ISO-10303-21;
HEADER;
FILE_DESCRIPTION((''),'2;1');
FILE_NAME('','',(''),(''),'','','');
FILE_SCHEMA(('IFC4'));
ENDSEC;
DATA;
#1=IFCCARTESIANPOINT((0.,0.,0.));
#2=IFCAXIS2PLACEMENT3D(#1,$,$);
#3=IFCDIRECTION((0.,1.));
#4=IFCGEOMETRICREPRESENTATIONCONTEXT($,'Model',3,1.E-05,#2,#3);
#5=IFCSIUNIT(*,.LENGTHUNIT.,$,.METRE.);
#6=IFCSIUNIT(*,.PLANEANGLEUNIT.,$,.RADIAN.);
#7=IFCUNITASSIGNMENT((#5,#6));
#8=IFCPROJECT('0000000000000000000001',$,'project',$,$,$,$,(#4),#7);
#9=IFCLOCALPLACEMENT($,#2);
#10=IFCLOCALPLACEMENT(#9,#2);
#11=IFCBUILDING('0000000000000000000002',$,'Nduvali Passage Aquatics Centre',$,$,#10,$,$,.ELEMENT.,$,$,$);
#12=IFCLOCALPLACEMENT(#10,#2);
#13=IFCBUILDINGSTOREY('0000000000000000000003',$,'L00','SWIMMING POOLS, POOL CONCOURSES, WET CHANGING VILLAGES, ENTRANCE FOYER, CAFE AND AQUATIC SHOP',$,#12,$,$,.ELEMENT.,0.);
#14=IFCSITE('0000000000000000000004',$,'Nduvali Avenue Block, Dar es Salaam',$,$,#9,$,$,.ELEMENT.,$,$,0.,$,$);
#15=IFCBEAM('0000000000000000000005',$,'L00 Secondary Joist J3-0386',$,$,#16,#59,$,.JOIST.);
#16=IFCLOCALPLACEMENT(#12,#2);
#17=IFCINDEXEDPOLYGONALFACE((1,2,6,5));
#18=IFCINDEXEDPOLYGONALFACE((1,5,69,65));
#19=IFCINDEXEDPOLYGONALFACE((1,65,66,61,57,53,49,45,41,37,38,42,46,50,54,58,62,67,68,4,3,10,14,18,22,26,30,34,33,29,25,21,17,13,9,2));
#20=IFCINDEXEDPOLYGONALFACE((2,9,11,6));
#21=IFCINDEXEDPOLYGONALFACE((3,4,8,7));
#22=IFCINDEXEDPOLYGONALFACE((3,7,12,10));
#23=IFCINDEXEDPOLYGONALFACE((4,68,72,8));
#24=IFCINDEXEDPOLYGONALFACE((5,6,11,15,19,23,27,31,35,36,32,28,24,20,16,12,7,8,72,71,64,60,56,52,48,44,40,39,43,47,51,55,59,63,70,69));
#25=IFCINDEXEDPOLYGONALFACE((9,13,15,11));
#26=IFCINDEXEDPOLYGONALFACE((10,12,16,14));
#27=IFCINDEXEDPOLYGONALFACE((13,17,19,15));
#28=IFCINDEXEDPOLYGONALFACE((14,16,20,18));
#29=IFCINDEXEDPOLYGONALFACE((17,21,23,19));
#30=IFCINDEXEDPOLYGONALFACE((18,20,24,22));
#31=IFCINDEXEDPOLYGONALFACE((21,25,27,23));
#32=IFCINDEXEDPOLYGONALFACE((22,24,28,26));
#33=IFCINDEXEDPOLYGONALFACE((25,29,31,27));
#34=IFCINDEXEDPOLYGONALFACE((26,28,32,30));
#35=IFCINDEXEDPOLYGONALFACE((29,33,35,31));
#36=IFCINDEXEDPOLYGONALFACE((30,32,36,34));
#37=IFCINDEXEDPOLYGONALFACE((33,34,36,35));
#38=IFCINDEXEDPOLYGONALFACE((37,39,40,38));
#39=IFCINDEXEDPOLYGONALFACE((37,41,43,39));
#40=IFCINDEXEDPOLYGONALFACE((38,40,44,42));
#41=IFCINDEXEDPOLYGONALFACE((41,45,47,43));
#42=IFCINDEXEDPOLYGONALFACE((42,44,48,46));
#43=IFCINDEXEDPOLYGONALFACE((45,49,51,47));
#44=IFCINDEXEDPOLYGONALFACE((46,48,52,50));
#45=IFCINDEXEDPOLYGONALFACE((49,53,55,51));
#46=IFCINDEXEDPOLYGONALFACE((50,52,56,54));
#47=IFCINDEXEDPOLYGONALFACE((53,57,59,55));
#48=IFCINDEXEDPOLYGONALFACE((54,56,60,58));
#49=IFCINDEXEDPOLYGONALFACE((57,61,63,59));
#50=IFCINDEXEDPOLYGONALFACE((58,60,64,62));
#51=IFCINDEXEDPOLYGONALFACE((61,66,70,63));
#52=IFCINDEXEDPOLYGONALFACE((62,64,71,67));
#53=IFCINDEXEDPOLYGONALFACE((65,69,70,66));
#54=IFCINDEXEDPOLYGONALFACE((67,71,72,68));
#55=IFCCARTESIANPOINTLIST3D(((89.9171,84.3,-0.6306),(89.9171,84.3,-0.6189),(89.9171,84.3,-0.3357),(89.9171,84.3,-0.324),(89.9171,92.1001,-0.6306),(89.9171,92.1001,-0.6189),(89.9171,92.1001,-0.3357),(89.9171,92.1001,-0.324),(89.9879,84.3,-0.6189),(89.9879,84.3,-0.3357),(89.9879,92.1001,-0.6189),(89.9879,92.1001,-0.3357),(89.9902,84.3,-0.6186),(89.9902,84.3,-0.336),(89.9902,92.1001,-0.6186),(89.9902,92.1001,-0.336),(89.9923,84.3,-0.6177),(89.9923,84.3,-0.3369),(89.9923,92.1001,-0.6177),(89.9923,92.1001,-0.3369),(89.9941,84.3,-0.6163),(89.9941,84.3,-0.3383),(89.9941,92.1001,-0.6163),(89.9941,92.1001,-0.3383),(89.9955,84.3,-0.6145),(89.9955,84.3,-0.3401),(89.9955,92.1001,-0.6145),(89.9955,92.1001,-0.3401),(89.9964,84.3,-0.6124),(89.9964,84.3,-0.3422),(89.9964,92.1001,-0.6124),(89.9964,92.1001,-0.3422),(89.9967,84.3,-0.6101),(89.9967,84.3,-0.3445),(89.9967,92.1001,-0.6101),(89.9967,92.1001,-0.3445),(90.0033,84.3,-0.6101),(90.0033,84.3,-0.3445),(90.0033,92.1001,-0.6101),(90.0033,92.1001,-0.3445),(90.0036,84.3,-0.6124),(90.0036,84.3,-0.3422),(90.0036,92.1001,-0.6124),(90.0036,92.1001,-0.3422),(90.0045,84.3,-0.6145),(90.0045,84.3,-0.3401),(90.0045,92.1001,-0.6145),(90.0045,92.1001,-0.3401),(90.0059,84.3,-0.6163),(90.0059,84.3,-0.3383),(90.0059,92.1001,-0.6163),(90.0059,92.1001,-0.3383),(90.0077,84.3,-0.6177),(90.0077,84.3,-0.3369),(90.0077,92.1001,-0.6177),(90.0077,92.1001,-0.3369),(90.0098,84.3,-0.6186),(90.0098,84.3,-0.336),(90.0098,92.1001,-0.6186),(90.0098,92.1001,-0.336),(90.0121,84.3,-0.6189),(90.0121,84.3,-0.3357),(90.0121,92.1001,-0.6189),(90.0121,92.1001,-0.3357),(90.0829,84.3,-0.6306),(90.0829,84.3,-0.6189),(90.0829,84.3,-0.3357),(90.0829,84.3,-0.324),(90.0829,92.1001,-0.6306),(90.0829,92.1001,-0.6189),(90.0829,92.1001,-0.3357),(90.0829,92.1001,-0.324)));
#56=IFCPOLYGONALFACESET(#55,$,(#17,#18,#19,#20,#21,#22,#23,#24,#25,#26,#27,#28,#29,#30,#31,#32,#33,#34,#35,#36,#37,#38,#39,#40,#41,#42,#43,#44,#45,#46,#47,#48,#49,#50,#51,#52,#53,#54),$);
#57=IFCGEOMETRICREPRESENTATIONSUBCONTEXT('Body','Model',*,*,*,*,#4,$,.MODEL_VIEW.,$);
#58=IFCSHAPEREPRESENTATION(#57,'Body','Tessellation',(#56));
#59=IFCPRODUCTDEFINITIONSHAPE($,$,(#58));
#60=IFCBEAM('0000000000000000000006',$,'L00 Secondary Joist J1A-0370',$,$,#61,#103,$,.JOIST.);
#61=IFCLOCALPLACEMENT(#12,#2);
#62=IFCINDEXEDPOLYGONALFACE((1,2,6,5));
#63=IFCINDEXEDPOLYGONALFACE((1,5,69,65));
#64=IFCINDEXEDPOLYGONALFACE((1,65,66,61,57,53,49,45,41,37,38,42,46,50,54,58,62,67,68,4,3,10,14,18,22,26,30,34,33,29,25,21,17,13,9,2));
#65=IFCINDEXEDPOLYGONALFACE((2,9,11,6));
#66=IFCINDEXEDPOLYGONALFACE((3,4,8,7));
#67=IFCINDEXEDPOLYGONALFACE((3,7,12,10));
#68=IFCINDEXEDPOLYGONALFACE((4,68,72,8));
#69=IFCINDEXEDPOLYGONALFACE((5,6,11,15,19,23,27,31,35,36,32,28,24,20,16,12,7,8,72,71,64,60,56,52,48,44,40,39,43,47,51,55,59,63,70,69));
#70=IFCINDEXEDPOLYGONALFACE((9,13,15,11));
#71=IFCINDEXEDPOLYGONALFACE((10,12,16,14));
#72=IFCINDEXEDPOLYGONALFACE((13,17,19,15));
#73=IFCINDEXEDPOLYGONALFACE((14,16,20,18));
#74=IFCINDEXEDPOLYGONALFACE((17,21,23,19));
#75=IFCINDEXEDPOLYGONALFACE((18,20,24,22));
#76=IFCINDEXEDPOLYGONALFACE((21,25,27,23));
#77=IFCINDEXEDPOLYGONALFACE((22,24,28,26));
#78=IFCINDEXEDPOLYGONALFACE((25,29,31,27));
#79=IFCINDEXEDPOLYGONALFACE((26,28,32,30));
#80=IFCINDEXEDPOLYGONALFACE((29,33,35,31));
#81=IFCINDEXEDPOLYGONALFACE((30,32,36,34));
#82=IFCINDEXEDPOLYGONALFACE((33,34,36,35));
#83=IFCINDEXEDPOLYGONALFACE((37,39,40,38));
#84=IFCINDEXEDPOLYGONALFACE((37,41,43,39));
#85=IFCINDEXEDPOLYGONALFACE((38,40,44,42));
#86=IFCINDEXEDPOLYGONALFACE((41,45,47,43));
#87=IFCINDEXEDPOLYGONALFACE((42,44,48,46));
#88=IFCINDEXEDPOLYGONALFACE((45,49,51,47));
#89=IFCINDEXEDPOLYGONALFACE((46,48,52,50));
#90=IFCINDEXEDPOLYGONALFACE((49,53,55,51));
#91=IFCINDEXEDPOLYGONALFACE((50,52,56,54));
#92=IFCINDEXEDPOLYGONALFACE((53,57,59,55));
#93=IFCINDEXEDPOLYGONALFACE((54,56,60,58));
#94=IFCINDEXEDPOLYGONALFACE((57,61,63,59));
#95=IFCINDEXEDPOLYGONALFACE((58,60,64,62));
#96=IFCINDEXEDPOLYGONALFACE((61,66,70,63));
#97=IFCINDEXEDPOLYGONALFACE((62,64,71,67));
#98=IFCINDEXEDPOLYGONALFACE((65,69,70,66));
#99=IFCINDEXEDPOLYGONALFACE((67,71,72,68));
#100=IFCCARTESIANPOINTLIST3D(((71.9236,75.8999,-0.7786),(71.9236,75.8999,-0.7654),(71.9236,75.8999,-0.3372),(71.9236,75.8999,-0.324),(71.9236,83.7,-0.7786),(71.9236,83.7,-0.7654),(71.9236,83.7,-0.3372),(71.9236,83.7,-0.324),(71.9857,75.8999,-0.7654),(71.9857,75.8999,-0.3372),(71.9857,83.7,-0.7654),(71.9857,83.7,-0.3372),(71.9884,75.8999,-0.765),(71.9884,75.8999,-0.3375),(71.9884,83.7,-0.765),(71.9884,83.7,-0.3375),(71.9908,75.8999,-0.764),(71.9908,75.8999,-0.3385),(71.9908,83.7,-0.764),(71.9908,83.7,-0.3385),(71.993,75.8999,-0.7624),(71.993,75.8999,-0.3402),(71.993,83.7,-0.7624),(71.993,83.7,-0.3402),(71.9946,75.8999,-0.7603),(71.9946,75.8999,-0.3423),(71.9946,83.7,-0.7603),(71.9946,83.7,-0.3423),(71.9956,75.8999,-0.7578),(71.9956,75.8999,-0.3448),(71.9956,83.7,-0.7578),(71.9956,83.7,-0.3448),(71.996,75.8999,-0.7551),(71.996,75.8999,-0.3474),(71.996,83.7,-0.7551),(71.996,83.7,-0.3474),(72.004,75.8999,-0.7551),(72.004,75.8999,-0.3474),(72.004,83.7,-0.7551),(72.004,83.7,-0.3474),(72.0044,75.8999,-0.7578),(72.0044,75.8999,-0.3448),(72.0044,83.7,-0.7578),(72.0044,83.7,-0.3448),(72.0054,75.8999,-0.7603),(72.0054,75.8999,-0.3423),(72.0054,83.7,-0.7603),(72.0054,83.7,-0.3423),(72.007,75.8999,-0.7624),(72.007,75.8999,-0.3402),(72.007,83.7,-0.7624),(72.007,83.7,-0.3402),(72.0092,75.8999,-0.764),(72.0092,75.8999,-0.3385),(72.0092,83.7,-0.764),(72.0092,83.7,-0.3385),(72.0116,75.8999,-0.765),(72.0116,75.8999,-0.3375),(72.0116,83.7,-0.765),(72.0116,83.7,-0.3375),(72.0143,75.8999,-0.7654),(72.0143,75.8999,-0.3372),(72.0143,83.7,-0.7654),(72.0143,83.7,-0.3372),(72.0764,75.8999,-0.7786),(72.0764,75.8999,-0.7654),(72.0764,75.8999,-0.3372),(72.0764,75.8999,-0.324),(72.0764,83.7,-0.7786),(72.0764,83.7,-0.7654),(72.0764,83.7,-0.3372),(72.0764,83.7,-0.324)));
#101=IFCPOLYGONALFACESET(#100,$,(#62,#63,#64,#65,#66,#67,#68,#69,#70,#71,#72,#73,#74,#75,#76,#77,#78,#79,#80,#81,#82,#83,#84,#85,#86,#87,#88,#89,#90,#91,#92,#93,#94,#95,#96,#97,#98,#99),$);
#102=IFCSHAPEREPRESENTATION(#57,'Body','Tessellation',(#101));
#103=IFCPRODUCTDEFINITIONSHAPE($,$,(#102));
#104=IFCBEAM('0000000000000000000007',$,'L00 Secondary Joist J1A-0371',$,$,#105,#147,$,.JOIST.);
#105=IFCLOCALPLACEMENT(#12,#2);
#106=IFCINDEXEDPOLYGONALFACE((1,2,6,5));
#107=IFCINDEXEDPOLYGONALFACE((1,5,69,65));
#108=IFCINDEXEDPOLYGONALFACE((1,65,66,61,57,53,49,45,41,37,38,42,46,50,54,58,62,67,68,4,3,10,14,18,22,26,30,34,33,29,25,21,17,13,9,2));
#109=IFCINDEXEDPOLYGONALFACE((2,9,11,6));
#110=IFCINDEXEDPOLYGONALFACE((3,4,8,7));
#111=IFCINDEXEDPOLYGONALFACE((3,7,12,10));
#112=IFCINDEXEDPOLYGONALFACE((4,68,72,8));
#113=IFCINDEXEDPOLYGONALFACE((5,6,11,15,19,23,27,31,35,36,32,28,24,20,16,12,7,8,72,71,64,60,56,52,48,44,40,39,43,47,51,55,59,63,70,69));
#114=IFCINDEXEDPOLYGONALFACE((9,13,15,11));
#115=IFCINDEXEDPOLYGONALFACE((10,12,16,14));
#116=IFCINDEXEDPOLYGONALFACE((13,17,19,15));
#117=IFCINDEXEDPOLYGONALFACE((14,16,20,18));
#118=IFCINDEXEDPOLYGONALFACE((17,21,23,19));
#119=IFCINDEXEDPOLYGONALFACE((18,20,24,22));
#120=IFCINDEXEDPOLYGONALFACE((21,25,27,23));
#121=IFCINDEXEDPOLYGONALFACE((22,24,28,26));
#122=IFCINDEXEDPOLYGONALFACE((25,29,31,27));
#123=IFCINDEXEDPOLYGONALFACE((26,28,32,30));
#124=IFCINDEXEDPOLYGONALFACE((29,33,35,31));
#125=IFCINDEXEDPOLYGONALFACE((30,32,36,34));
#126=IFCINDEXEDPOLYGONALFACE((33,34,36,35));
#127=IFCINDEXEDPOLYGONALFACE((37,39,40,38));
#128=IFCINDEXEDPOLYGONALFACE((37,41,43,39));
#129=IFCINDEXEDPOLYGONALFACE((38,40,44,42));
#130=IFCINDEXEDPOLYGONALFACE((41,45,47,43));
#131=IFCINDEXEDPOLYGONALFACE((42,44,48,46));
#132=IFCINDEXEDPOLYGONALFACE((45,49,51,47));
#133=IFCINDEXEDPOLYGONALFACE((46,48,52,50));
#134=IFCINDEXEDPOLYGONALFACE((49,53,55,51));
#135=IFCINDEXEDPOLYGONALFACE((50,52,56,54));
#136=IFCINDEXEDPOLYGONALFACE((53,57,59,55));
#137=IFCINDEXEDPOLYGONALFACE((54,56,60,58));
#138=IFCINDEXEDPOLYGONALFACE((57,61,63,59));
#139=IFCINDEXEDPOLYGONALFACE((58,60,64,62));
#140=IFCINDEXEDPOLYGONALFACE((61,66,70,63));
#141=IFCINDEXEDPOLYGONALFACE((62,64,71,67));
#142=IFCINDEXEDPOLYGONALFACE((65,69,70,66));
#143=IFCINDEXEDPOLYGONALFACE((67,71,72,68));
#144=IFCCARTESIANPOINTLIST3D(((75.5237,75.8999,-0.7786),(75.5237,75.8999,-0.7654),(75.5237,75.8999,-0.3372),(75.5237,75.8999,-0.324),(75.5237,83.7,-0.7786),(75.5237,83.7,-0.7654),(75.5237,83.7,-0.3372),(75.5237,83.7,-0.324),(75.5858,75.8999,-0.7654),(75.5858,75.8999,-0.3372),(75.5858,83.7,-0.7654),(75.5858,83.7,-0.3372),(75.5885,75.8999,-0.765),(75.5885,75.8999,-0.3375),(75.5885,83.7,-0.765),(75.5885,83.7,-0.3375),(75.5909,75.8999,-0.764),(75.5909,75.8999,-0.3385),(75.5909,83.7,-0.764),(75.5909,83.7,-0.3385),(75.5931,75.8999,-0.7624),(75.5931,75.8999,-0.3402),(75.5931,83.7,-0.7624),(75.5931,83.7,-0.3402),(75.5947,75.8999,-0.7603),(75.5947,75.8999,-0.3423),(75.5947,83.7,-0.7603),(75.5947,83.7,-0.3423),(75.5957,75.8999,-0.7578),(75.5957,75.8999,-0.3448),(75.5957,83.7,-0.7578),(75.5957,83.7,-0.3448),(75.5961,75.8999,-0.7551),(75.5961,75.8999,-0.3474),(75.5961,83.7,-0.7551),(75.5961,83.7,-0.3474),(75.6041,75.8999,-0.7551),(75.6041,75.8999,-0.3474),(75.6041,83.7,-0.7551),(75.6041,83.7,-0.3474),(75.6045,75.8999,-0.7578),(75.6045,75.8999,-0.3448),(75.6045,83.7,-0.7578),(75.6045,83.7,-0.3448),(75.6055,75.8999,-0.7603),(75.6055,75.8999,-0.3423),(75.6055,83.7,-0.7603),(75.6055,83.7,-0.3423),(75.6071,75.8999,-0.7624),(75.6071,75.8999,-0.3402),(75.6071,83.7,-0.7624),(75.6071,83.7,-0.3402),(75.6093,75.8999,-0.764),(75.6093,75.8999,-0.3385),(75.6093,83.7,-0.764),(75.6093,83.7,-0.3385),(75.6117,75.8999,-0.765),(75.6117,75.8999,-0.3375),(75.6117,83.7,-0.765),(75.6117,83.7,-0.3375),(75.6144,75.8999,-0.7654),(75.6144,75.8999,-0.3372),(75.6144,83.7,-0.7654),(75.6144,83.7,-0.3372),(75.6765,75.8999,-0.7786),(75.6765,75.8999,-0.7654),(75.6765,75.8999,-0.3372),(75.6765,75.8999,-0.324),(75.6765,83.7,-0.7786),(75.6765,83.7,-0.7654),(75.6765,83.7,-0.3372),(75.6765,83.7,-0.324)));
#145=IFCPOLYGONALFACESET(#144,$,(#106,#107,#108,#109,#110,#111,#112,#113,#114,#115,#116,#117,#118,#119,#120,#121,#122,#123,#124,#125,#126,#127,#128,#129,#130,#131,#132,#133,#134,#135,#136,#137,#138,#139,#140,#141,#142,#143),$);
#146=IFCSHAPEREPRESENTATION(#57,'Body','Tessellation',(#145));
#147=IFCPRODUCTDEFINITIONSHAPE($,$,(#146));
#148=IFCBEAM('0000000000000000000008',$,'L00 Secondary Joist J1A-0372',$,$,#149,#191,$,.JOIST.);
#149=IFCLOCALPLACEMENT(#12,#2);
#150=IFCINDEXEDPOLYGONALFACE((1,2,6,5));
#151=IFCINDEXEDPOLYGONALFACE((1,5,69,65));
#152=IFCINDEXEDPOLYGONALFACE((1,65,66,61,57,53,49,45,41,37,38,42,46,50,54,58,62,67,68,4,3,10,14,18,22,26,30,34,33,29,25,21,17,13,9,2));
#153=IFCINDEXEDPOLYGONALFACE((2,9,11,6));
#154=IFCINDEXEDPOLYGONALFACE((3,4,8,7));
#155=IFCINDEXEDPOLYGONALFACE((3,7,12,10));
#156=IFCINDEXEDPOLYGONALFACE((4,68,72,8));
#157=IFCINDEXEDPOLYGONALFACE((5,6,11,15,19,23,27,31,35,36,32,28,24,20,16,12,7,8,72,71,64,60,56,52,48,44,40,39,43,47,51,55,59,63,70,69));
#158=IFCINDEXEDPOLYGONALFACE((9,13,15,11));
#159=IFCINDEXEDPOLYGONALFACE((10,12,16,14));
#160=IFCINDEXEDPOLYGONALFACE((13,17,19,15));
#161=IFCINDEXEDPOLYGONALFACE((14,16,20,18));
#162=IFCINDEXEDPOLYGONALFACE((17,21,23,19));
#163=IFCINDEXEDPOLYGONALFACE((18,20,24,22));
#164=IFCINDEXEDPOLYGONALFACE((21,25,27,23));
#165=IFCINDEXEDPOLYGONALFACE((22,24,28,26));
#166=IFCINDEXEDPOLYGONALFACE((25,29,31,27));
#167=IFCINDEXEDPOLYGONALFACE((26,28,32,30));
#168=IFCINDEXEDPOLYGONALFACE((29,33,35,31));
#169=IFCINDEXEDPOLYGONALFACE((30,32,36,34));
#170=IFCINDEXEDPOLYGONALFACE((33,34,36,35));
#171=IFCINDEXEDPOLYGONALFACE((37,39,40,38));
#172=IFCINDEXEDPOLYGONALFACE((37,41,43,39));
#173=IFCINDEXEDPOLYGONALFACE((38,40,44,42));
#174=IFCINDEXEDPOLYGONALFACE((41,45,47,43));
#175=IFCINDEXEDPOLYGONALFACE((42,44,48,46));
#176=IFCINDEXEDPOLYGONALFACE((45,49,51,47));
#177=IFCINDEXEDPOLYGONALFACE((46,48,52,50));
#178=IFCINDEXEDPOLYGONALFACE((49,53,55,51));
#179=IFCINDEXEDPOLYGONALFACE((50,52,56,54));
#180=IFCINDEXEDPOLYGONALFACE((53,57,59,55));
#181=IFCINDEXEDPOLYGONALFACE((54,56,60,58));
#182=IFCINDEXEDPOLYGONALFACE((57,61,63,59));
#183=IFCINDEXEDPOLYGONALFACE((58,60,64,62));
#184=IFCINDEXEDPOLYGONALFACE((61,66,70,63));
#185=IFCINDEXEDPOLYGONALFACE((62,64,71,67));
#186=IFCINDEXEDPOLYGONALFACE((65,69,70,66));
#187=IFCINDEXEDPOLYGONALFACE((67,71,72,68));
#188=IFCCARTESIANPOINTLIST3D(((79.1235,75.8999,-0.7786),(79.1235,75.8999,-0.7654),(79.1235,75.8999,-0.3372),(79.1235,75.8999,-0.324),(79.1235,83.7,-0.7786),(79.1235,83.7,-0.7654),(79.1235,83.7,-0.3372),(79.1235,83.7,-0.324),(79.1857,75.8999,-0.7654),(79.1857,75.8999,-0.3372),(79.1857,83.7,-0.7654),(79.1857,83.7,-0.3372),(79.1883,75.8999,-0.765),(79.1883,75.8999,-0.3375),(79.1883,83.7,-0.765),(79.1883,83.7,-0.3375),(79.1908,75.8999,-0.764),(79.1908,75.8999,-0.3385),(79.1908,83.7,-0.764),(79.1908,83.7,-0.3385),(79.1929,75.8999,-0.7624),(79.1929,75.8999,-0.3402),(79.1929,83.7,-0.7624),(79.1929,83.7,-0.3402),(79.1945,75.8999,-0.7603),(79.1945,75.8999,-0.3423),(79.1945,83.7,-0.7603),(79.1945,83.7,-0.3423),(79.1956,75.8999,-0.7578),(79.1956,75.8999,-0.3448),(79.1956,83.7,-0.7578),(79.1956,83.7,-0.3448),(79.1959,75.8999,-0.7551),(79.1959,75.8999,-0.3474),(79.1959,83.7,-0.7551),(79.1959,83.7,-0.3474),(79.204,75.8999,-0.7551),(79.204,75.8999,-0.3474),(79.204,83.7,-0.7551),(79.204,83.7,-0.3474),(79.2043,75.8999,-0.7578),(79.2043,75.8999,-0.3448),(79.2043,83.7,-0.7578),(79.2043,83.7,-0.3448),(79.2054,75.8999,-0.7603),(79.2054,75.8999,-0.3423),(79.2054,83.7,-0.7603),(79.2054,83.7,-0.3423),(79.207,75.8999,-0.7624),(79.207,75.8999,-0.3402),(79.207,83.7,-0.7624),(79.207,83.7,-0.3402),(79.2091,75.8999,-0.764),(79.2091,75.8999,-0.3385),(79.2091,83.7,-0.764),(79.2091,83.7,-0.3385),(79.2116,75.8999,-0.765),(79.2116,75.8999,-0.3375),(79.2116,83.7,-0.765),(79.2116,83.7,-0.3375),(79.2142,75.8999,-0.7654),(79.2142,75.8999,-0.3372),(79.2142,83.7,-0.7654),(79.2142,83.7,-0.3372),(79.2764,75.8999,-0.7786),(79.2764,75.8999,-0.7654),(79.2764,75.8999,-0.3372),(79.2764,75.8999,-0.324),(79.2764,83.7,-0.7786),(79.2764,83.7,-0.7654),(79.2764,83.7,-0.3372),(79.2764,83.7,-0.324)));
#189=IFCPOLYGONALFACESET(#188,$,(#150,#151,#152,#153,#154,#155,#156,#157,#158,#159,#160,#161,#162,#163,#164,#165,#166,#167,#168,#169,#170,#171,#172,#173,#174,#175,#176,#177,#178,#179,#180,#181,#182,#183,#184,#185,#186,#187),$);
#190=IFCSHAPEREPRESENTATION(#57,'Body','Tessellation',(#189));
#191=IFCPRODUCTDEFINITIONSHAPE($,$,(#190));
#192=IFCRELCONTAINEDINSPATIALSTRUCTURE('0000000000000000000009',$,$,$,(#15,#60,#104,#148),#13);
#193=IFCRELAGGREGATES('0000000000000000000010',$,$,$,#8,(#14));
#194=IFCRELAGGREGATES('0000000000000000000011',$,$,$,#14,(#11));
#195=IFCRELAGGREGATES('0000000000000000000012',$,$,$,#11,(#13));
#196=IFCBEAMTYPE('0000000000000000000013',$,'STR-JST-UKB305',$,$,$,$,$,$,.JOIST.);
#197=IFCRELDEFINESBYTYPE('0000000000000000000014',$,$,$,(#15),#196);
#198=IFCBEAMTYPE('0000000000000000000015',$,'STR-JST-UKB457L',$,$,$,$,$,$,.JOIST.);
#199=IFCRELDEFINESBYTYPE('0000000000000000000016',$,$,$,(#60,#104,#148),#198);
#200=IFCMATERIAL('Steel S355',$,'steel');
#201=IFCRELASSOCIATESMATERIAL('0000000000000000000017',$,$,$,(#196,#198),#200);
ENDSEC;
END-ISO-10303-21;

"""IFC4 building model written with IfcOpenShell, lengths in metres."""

from ifc_helpers import new_model, si_unit, direction, frame, origin, origin_2d, place, context, subcontext, project, spatial, i_section, extrude, material, material_profile, profile_set, type_object, element, save


model = new_model("IFC4")

# Units and contexts
model_context = context("Model", 3, precision=1e-05, world=origin(), true_north=direction((0.0, 1.0)))
body_context = subcontext(model_context, "Body", "Model", "MODEL_VIEW")
ifc_project = project(units=[si_unit("LENGTHUNIT", "METRE"), si_unit("PLANEANGLEUNIT", "RADIAN")], contexts=[model_context])

# Site, building, storey
site_placement = place(None, origin())
site = spatial("IfcSite", under=ifc_project, at=site_placement, Name="Nduvali Avenue Block, Dar es Salaam", CompositionType="ELEMENT", RefElevation=0.0)
building_placement = place(site_placement, origin())
building = spatial("IfcBuilding", under=site, at=building_placement, Name="Nduvali Passage Aquatics Centre", CompositionType="ELEMENT")
storey_placement = place(building_placement, origin())
storey = spatial("IfcBuildingStorey", under=building, at=storey_placement, Name="L00", Description="SWIMMING POOLS, POOL CONCOURSES, WET CHANGING VILLAGES, ENTRANCE FOYER, CAFE AND AQUATIC SHOP", CompositionType="ELEMENT", Elevation=0.0)

# Beams
ifc_material_1 = material(Name="Steel S355", Category="steel")
ifc_material_profile_1 = material_profile(ifc_material_1, i_section(OverallWidth=0.1658, OverallDepth=0.3066, WebThickness=0.0066, FlangeThickness=0.0117, FilletRadius=0.0088, at=origin_2d()), Name="UKB 305x165x46")
ifc_profile_set_1 = profile_set([ifc_material_profile_1], Name="Steel S355")
beam_type_1 = type_object("IfcBeamType", Name="STR-JST-UKB305", PredefinedType="JOIST", material=ifc_profile_set_1)
for number, where, z_axis, x_axis, name in (
    (1, (90.0, 84.3, -0.4773), (0.0, 1.0, 0.0), (-1.0, 0.0, 0.0), "L00 Secondary Joist J3-0386"),
):
    element("IfcBeam", number, at=place(storey_placement, frame(where, z_axis=z_axis, x_axis=x_axis)), inside=storey, type_object=beam_type_1, Name=name, PredefinedType="JOIST", context=body_context, shape_type="SweptSolid", body=[
        extrude(i_section(OverallWidth=0.1658, OverallDepth=0.3066, WebThickness=0.0066, FlangeThickness=0.0117, FilletRadius=0.0088, at=origin_2d()), origin(), (0.0, 0.0, 1.0), 7.8),
    ])
ifc_material_profile_2 = material_profile(ifc_material_1, i_section(OverallWidth=0.1528, OverallDepth=0.4546, WebThickness=0.0081, FlangeThickness=0.0132, FilletRadius=0.0103, at=origin_2d()), Name="UKB 457x152x60")
ifc_profile_set_2 = profile_set([ifc_material_profile_2], Name="Steel S355")
beam_type_2 = type_object("IfcBeamType", Name="STR-JST-UKB457L", PredefinedType="JOIST", material=ifc_profile_set_2)
for number, where, z_axis, x_axis, name in (
    (2, (72.0, 75.8999, -0.5513), (0.0, 1.0, 0.0), (-1.0, 0.0, 0.0), "L00 Secondary Joist J1A-0370"),
    (3, (75.6001, 75.8999, -0.5513), (0.0, 1.0, 0.0), (-1.0, 0.0, 0.0), "L00 Secondary Joist J1A-0371"),
    (4, (79.2, 75.8999, -0.5513), (0.0, 1.0, 0.0), (-1.0, 0.0, 0.0), "L00 Secondary Joist J1A-0372"),
):
    element("IfcBeam", number, at=place(storey_placement, frame(where, z_axis=z_axis, x_axis=x_axis)), inside=storey, type_object=beam_type_2, Name=name, PredefinedType="JOIST", context=body_context, shape_type="SweptSolid", body=[
        extrude(i_section(OverallWidth=0.1528, OverallDepth=0.4546, WebThickness=0.0081, FlangeThickness=0.0132, FilletRadius=0.0103, at=origin_2d()), origin(), (0.0, 0.0, 1.0), 7.8),
    ])

save(model, "model.ifc")
